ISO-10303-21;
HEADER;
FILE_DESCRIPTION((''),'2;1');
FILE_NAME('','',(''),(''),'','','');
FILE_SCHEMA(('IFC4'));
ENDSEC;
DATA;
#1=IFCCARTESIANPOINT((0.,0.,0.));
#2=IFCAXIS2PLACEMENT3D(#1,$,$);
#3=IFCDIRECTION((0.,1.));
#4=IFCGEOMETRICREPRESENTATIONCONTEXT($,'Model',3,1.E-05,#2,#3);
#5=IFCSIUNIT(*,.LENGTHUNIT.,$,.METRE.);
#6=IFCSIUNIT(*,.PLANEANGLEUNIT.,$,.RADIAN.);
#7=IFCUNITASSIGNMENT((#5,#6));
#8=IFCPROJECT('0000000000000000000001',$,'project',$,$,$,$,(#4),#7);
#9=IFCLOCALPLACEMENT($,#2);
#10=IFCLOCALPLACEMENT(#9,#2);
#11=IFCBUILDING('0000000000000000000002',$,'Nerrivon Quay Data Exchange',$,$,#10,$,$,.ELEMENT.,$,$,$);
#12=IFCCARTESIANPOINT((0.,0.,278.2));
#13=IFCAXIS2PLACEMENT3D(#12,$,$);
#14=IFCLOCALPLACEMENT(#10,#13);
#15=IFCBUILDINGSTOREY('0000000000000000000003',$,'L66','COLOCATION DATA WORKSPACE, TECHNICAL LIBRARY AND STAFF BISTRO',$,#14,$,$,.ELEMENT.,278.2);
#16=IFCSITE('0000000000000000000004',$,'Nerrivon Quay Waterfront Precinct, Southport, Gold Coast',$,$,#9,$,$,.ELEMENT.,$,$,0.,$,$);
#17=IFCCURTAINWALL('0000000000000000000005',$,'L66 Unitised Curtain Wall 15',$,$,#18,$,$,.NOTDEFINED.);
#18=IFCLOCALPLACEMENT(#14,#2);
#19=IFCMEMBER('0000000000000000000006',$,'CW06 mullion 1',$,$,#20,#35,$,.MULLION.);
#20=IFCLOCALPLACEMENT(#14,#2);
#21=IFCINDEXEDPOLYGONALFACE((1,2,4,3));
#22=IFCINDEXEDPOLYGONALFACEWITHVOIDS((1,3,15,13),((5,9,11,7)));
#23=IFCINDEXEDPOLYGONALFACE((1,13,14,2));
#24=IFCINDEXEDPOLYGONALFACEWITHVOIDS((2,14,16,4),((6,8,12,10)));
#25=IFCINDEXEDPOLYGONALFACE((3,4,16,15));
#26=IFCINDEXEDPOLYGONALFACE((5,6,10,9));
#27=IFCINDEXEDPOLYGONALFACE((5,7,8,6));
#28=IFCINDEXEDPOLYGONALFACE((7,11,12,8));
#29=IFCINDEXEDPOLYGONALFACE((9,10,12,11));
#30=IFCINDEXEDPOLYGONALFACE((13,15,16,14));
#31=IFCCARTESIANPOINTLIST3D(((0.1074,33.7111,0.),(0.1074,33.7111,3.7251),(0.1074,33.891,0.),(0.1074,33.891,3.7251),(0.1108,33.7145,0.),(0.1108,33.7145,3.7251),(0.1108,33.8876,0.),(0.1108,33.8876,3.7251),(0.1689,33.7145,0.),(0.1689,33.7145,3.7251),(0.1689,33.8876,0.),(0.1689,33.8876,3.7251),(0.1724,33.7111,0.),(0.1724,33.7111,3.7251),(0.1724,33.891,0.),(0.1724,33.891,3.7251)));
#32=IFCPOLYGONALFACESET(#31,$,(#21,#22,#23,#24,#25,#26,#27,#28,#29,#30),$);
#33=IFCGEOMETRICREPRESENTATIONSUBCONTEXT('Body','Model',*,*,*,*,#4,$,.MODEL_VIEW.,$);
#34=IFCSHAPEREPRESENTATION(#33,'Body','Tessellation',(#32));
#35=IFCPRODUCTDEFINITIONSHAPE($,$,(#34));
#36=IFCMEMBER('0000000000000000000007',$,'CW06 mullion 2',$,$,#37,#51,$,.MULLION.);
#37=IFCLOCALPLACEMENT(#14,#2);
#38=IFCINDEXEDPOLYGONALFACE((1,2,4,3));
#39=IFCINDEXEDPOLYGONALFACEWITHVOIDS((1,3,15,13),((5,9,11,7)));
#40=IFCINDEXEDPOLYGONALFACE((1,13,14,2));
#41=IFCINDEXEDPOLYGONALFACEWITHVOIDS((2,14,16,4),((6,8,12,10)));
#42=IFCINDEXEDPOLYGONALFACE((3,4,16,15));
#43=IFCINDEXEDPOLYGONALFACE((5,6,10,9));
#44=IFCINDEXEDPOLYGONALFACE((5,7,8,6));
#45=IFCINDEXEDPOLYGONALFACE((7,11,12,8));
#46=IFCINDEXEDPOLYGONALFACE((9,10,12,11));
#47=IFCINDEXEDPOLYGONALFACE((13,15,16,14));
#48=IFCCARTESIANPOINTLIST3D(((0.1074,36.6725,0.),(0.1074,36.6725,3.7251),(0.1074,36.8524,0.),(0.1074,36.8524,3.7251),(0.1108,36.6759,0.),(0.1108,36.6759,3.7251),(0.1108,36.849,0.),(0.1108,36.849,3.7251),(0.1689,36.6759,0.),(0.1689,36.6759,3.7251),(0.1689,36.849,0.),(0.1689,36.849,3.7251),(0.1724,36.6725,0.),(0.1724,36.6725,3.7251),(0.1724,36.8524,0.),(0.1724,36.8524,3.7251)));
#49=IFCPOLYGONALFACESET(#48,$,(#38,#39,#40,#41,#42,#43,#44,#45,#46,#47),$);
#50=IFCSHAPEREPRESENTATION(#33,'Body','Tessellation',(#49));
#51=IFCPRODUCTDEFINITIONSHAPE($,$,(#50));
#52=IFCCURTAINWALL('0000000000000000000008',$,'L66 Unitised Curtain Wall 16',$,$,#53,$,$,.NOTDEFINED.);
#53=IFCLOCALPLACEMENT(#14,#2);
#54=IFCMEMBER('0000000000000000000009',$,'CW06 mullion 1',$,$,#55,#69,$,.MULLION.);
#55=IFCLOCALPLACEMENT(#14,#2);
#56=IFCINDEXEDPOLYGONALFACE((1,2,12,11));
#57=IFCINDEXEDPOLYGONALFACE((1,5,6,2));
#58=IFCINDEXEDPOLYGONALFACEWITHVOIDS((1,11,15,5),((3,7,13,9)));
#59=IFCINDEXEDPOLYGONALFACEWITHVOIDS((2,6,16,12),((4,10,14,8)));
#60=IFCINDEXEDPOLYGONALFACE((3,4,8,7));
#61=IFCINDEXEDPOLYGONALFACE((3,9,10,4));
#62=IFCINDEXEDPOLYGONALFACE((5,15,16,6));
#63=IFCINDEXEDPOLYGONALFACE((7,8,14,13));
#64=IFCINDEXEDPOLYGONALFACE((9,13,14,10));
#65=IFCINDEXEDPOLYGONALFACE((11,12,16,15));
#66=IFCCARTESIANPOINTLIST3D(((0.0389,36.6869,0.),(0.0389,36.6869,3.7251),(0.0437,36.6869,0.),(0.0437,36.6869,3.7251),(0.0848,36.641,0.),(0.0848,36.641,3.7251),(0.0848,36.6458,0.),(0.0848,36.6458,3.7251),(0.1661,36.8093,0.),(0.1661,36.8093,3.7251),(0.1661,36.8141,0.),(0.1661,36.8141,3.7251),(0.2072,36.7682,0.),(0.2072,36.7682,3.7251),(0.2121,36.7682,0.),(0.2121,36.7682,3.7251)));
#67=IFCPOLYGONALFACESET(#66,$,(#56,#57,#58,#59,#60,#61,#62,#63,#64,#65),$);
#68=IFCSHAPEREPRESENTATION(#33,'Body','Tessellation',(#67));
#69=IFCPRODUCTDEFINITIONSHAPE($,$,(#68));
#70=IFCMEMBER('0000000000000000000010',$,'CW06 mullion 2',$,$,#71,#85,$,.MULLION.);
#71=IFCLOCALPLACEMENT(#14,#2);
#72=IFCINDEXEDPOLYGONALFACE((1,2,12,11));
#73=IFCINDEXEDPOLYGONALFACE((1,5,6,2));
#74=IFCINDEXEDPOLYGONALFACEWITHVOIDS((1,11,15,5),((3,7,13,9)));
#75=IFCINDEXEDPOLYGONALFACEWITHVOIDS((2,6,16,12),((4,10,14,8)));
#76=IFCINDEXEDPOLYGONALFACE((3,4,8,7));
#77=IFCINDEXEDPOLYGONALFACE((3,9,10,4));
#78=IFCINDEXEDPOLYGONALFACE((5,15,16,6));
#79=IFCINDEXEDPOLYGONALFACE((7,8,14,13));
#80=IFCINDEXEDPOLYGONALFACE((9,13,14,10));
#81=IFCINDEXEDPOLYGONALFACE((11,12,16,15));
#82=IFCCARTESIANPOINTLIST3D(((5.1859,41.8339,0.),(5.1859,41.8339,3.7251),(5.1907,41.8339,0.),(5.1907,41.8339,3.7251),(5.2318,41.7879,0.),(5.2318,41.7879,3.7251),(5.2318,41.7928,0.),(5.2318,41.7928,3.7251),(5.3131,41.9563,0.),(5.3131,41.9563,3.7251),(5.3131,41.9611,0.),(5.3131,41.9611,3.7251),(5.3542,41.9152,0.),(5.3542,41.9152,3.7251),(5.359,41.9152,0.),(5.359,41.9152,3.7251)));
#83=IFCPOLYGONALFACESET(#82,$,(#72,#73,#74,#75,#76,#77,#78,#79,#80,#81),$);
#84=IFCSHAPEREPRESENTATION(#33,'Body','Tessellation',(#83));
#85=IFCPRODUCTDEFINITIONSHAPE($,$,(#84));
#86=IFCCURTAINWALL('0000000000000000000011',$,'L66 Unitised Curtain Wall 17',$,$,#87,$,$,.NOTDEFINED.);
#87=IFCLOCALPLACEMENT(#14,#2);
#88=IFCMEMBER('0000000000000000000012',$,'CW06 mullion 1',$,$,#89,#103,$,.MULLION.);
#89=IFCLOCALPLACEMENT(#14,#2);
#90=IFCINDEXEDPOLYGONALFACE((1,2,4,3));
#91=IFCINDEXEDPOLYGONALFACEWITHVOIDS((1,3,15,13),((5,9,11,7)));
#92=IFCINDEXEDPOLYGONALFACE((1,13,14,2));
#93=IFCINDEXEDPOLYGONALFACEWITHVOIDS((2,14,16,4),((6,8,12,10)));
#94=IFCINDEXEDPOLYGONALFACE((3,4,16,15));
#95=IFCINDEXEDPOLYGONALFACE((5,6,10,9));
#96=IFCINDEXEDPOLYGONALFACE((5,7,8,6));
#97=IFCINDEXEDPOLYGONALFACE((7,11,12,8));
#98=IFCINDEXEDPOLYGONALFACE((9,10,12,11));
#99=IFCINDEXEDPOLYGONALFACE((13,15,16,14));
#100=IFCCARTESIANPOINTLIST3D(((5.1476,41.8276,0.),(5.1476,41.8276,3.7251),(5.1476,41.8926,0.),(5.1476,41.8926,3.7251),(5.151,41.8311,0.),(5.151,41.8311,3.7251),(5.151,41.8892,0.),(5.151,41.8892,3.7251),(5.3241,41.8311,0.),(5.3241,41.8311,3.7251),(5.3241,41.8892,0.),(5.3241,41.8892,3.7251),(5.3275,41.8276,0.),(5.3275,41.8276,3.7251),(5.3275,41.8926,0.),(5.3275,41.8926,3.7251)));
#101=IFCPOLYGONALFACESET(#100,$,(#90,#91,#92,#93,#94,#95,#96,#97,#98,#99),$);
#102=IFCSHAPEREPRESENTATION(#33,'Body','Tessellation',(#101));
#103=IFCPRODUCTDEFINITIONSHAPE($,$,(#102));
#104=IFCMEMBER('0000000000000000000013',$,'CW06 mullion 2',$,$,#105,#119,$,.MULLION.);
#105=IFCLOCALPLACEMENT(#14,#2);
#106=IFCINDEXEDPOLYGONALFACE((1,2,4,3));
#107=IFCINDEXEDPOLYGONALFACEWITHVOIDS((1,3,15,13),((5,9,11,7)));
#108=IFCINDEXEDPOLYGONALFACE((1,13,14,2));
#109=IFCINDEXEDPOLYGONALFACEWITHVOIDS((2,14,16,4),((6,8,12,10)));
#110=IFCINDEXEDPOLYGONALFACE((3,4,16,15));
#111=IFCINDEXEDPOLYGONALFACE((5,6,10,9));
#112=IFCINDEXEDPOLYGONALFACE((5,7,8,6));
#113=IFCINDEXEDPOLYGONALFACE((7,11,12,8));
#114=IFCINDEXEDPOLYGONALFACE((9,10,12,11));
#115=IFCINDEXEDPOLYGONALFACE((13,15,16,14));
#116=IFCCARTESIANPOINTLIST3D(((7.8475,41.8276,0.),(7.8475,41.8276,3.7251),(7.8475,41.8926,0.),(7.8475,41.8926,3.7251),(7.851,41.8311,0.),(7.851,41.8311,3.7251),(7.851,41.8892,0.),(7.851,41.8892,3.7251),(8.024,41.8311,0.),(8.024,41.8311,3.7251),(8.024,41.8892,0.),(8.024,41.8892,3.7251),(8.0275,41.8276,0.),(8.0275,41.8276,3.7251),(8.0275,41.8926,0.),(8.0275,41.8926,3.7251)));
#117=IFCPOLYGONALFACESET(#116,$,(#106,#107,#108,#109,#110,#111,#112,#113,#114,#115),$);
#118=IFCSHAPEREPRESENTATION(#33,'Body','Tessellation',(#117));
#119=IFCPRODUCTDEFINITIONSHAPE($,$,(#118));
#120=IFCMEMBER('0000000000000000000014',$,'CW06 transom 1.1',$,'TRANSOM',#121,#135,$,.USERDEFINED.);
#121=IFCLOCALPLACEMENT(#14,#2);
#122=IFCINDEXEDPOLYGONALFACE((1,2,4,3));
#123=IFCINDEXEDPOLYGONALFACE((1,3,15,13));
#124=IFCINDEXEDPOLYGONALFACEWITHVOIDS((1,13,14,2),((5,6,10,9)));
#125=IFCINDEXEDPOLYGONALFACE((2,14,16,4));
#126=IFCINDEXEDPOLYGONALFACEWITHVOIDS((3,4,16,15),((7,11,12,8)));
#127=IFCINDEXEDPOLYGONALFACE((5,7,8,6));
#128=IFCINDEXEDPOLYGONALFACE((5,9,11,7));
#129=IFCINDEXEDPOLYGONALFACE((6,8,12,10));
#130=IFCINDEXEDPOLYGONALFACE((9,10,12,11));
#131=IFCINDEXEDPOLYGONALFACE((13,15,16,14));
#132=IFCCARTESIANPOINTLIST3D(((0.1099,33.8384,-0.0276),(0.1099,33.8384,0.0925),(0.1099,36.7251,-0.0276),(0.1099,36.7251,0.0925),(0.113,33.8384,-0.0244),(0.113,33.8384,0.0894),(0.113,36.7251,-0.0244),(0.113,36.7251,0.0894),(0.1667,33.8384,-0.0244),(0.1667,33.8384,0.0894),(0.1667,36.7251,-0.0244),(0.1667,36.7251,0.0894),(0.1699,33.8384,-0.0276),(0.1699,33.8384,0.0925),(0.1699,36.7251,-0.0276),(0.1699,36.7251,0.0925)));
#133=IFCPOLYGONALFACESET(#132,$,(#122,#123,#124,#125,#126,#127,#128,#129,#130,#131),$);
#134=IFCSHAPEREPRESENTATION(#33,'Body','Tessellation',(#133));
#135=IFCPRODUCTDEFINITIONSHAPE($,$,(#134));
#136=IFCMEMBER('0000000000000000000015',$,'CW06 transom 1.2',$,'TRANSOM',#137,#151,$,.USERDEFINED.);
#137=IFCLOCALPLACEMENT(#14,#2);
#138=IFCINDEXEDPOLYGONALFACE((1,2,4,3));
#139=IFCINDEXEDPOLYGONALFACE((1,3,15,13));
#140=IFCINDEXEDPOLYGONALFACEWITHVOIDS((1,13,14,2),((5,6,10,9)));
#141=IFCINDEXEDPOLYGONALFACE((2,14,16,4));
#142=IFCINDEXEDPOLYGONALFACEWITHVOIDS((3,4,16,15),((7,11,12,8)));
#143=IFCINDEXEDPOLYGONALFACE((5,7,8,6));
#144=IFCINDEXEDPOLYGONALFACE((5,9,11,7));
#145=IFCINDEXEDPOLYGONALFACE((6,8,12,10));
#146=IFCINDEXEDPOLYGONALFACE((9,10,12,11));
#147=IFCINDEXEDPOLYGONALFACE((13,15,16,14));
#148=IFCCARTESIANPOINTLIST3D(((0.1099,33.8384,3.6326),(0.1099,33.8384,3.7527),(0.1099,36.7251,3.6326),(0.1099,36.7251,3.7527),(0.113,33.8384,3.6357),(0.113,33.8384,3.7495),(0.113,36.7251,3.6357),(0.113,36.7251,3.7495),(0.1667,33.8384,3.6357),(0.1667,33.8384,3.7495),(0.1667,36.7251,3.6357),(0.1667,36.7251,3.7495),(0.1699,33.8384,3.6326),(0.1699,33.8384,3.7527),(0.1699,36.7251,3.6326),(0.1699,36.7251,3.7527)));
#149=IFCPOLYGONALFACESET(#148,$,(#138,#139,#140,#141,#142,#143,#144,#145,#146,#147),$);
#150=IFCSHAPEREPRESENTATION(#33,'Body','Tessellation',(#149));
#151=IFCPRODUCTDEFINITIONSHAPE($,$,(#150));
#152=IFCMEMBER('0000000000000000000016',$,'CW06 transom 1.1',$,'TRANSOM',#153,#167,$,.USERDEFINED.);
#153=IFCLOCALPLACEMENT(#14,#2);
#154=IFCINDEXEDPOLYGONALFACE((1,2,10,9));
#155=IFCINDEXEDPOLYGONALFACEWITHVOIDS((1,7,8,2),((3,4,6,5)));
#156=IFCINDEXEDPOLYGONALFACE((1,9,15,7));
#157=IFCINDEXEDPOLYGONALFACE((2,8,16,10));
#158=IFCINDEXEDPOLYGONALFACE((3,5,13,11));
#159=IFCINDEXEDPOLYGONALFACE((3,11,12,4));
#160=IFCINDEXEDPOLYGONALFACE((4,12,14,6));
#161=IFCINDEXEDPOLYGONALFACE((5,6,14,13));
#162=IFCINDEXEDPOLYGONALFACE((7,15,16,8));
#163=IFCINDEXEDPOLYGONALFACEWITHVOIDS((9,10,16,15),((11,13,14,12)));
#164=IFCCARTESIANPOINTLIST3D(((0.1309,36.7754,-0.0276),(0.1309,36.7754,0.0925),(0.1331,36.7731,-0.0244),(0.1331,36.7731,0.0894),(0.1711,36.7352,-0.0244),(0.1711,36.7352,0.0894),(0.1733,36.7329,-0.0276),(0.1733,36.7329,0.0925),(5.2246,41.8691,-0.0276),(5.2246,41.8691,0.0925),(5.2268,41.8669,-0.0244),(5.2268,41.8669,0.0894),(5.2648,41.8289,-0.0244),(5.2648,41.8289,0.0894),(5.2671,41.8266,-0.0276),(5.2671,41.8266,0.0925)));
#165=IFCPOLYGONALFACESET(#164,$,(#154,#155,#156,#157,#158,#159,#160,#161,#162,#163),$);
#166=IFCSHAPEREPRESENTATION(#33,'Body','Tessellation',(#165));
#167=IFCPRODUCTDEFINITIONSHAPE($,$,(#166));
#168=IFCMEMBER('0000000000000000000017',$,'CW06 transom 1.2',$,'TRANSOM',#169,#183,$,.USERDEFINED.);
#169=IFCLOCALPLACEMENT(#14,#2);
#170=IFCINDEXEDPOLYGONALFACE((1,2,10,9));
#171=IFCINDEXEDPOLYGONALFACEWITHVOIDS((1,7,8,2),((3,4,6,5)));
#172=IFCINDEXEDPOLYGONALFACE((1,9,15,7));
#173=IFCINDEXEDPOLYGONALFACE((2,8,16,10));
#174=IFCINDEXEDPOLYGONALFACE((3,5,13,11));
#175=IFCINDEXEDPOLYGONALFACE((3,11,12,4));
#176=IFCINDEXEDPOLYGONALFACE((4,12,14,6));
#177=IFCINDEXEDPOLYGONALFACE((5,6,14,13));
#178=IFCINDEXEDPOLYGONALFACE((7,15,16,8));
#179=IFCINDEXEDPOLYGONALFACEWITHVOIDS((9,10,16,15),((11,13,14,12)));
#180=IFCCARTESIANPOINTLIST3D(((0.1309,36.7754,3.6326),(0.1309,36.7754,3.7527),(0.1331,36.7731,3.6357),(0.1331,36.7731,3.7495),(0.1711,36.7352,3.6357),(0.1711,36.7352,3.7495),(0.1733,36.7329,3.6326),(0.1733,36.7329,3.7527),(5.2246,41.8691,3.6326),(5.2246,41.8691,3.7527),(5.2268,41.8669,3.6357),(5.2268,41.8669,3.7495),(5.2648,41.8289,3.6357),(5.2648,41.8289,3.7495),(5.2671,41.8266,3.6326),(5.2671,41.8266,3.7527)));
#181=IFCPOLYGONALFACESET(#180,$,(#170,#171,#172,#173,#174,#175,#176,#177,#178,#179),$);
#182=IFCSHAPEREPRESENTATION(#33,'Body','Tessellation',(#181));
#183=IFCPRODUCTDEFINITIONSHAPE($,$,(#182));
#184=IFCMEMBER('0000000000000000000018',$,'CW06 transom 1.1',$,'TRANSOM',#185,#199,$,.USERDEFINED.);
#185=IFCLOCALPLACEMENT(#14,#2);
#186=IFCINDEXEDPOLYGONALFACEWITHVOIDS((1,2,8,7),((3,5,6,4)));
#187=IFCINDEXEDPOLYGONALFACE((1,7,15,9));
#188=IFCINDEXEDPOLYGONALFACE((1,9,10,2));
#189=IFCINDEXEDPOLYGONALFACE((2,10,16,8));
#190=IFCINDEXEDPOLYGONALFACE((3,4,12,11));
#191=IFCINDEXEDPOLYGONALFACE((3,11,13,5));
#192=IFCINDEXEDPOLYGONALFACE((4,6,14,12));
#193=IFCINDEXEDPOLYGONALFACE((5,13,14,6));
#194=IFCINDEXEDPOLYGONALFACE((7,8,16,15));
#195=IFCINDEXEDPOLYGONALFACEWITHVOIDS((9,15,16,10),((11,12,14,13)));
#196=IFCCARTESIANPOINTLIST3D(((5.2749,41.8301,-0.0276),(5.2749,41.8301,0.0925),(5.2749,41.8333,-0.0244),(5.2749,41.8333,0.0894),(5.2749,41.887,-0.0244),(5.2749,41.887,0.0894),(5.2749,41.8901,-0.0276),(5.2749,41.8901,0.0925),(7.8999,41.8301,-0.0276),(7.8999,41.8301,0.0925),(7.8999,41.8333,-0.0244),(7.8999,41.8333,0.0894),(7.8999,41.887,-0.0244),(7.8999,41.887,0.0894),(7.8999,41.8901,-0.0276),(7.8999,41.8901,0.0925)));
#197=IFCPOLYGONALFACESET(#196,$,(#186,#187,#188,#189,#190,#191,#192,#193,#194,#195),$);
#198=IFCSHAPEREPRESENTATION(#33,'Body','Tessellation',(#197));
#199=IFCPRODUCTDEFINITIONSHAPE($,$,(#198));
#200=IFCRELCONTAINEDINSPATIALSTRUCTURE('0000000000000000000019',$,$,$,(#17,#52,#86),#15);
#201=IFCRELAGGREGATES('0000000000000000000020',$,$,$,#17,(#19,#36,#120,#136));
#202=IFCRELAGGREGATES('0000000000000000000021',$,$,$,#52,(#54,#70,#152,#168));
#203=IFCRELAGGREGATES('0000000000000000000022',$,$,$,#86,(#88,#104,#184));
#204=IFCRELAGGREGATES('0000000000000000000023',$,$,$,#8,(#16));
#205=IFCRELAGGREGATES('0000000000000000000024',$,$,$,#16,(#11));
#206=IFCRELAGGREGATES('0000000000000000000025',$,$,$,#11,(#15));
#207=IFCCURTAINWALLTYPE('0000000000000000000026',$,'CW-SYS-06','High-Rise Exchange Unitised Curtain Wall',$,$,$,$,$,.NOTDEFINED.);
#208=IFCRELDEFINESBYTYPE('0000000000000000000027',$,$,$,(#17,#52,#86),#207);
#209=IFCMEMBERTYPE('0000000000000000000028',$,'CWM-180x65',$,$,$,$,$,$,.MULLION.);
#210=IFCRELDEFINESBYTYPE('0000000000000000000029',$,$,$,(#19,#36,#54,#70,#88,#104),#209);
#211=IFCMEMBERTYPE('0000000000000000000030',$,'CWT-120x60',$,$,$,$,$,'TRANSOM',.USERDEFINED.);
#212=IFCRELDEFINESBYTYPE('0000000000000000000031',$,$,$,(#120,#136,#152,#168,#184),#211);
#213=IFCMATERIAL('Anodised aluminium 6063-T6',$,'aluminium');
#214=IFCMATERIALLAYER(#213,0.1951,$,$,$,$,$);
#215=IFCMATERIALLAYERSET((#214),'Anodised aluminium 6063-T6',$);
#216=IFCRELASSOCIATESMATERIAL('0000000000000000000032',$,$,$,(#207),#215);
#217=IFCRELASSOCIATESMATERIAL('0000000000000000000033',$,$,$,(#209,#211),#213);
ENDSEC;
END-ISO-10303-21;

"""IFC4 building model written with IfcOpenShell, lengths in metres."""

from ifc_helpers import new_model, si_unit, direction, frame, origin, origin_2d, place, context, subcontext, project, spatial, hollow_rectangle, extrude, material, layer, layer_set, material_profile, profile_set, type_object, element, aggregate, save


model = new_model("IFC4")

# Units and contexts
model_context = context("Model", 3, precision=1e-05, world=origin(), true_north=direction((0.0, 1.0)))
body_context = subcontext(model_context, "Body", "Model", "MODEL_VIEW")
ifc_project = project(units=[si_unit("LENGTHUNIT", "METRE"), si_unit("PLANEANGLEUNIT", "RADIAN")], contexts=[model_context])

# Site, building, storey
site_placement = place(None, origin())
site = spatial("IfcSite", under=ifc_project, at=site_placement, Name="Nerrivon Quay Waterfront Precinct, Southport, Gold Coast", CompositionType="ELEMENT", RefElevation=0.0)
building_placement = place(site_placement, origin())
building = spatial("IfcBuilding", under=site, at=building_placement, Name="Nerrivon Quay Data Exchange", CompositionType="ELEMENT")
storey_placement = place(building_placement, frame((0.0, 0.0, 278.2)))
storey = spatial("IfcBuildingStorey", under=building, at=storey_placement, Name="L66", Description="COLOCATION DATA WORKSPACE, TECHNICAL LIBRARY AND STAFF BISTRO", CompositionType="ELEMENT", Elevation=278.2)

# Shared definitions
ifc_material_1 = material(Name="Anodised aluminium 6063-T6", Category="aluminium")
ifc_layer_1 = layer(ifc_material_1, 0.1951)
ifc_layer_set_1 = layer_set([ifc_layer_1], Name="Anodised aluminium 6063-T6")
curtain_wall_type = type_object("IfcCurtainWallType", Name="CW-SYS-06", Description="High-Rise Exchange Unitised Curtain Wall", PredefinedType="NOTDEFINED", material=ifc_layer_set_1)
ifc_material_profile_1 = material_profile(ifc_material_1, hollow_rectangle(XDim=0.0649, YDim=0.1799, WallThickness=0.0034, at=origin_2d()), Name="ALU-MULL-180x65")
ifc_profile_set_1 = profile_set([ifc_material_profile_1], Name="Anodised aluminium 6063-T6")
member_type_1 = type_object("IfcMemberType", Name="CWM-180x65", PredefinedType="MULLION", material=ifc_profile_set_1)

# Curtain walls, members
curtain_wall_1_placement = place(storey_placement, origin())
curtain_wall_1 = element("IfcCurtainWall", 1, at=curtain_wall_1_placement, inside=storey, type_object=curtain_wall_type, Name="L66 Unitised Curtain Wall 15", PredefinedType="NOTDEFINED")
member_1_placement = place(storey_placement, frame((0.1399, 33.801, 0.0), z_axis=(0.0, 0.0, 1.0), x_axis=(-1.0, 0.0, 0.0)))
member_1 = element("IfcMember", 2, at=member_1_placement, type_object=member_type_1, Name="CW06 mullion 1", PredefinedType="MULLION", context=body_context, shape_type="SweptSolid", body=[
    extrude(hollow_rectangle(XDim=0.0649, YDim=0.1799, WallThickness=0.0034, at=origin_2d()), origin(), (0.0, 0.0, 1.0), 3.7251),
])
member_2_placement = place(storey_placement, frame((0.1399, 36.7625, 0.0), z_axis=(0.0, 0.0, 1.0), x_axis=(-1.0, 0.0, 0.0)))
member_2 = element("IfcMember", 3, at=member_2_placement, type_object=member_type_1, Name="CW06 mullion 2", PredefinedType="MULLION", context=body_context, shape_type="SweptSolid", body=[
    extrude(hollow_rectangle(XDim=0.0649, YDim=0.1799, WallThickness=0.0034, at=origin_2d()), origin(), (0.0, 0.0, 1.0), 3.7251),
])
curtain_wall_2_placement = place(storey_placement, origin())
curtain_wall_2 = element("IfcCurtainWall", 4, at=curtain_wall_2_placement, inside=storey, type_object=curtain_wall_type, Name="L66 Unitised Curtain Wall 16", PredefinedType="NOTDEFINED")
member_3_placement = place(storey_placement, frame((0.1255, 36.7275, 0.0), z_axis=(0.0, 0.0, 1.0), x_axis=(-0.707107, 0.707107, 0.0)))
member_3 = element("IfcMember", 5, at=member_3_placement, type_object=member_type_1, Name="CW06 mullion 1", PredefinedType="MULLION", context=body_context, shape_type="SweptSolid", body=[
    extrude(hollow_rectangle(XDim=0.0649, YDim=0.1799, WallThickness=0.0034, at=origin_2d()), origin(), (0.0, 0.0, 1.0), 3.7251),
])
member_4_placement = place(storey_placement, frame((5.2725, 41.8745, 0.0), z_axis=(0.0, 0.0, 1.0), x_axis=(-0.707107, 0.707107, 0.0)))
member_4 = element("IfcMember", 6, at=member_4_placement, type_object=member_type_1, Name="CW06 mullion 2", PredefinedType="MULLION", context=body_context, shape_type="SweptSolid", body=[
    extrude(hollow_rectangle(XDim=0.0649, YDim=0.1799, WallThickness=0.0034, at=origin_2d()), origin(), (0.0, 0.0, 1.0), 3.7251),
])
curtain_wall_3_placement = place(storey_placement, origin())
curtain_wall_3 = element("IfcCurtainWall", 7, at=curtain_wall_3_placement, inside=storey, type_object=curtain_wall_type, Name="L66 Unitised Curtain Wall 17", PredefinedType="NOTDEFINED")
member_5_placement = place(storey_placement, frame((5.2375, 41.8601, 0.0), z_axis=(0.0, 0.0, 1.0), x_axis=(0.0, 1.0, 0.0)))
member_5 = element("IfcMember", 8, at=member_5_placement, type_object=member_type_1, Name="CW06 mullion 1", PredefinedType="MULLION", context=body_context, shape_type="SweptSolid", body=[
    extrude(hollow_rectangle(XDim=0.0649, YDim=0.1799, WallThickness=0.0034, at=origin_2d()), origin(), (0.0, 0.0, 1.0), 3.7251),
])
member_6_placement = place(storey_placement, frame((7.9375, 41.8601, 0.0), z_axis=(0.0, 0.0, 1.0), x_axis=(0.0, 1.0, 0.0)))
member_6 = element("IfcMember", 9, at=member_6_placement, type_object=member_type_1, Name="CW06 mullion 2", PredefinedType="MULLION", context=body_context, shape_type="SweptSolid", body=[
    extrude(hollow_rectangle(XDim=0.0649, YDim=0.1799, WallThickness=0.0034, at=origin_2d()), origin(), (0.0, 0.0, 1.0), 3.7251),
])

# Members
ifc_material_profile_2 = material_profile(ifc_material_1, hollow_rectangle(XDim=0.0601, YDim=0.1201, WallThickness=0.0032, at=origin_2d()), Name="ALU-TRAN-120x60")
ifc_profile_set_2 = profile_set([ifc_material_profile_2], Name="Anodised aluminium 6063-T6")
member_type_2 = type_object("IfcMemberType", Name="CWT-120x60", ElementType="TRANSOM", PredefinedType="USERDEFINED", material=ifc_profile_set_2)
member_7_placement = place(storey_placement, frame((0.1399, 33.8384, 0.0325), z_axis=(0.0, 1.0, 0.0), x_axis=(-1.0, 0.0, 0.0)))
member_7 = element("IfcMember", 10, at=member_7_placement, type_object=member_type_2, Name="CW06 transom 1.1", ObjectType="TRANSOM", PredefinedType="USERDEFINED", context=body_context, shape_type="SweptSolid", body=[
    extrude(hollow_rectangle(XDim=0.0601, YDim=0.1201, WallThickness=0.0032, at=origin_2d()), origin(), (0.0, 0.0, 1.0), 2.8867),
])
member_8_placement = place(storey_placement, frame((0.1399, 33.8384, 3.6926), z_axis=(0.0, 1.0, 0.0), x_axis=(-1.0, 0.0, 0.0)))
member_8 = element("IfcMember", 11, at=member_8_placement, type_object=member_type_2, Name="CW06 transom 1.2", ObjectType="TRANSOM", PredefinedType="USERDEFINED", context=body_context, shape_type="SweptSolid", body=[
    extrude(hollow_rectangle(XDim=0.0601, YDim=0.1201, WallThickness=0.0032, at=origin_2d()), origin(), (0.0, 0.0, 1.0), 2.8867),
])
member_9_placement = place(storey_placement, frame((0.1521, 36.7542, 0.0325), z_axis=(0.707107, 0.707107, 0.0), x_axis=(-0.707107, 0.707107, 0.0)))
member_9 = element("IfcMember", 12, at=member_9_placement, type_object=member_type_2, Name="CW06 transom 1.1", ObjectType="TRANSOM", PredefinedType="USERDEFINED", context=body_context, shape_type="SweptSolid", body=[
    extrude(hollow_rectangle(XDim=0.0601, YDim=0.1201, WallThickness=0.0032, at=origin_2d()), origin(), (0.0, 0.0, 1.0), 7.2036),
])
member_10_placement = place(storey_placement, frame((0.1521, 36.7542, 3.6926), z_axis=(0.707107, 0.707107, 0.0), x_axis=(-0.707107, 0.707107, 0.0)))
member_10 = element("IfcMember", 13, at=member_10_placement, type_object=member_type_2, Name="CW06 transom 1.2", ObjectType="TRANSOM", PredefinedType="USERDEFINED", context=body_context, shape_type="SweptSolid", body=[
    extrude(hollow_rectangle(XDim=0.0601, YDim=0.1201, WallThickness=0.0032, at=origin_2d()), origin(), (0.0, 0.0, 1.0), 7.2036),
])
member_11_placement = place(storey_placement, frame((5.2749, 41.8601, 0.0325), z_axis=(1.0, 0.0, 0.0), x_axis=(0.0, 1.0, 0.0)))
member_11 = element("IfcMember", 14, at=member_11_placement, type_object=member_type_2, Name="CW06 transom 1.1", ObjectType="TRANSOM", PredefinedType="USERDEFINED", context=body_context, shape_type="SweptSolid", body=[
    extrude(hollow_rectangle(XDim=0.0601, YDim=0.1201, WallThickness=0.0032, at=origin_2d()), origin(), (0.0, 0.0, 1.0), 2.625),
])

aggregate(curtain_wall_1, [member_1, member_2, member_7, member_8])
aggregate(curtain_wall_2, [member_3, member_4, member_9, member_10])
aggregate(curtain_wall_3, [member_5, member_6, member_11])

save(model, "model.ifc")
